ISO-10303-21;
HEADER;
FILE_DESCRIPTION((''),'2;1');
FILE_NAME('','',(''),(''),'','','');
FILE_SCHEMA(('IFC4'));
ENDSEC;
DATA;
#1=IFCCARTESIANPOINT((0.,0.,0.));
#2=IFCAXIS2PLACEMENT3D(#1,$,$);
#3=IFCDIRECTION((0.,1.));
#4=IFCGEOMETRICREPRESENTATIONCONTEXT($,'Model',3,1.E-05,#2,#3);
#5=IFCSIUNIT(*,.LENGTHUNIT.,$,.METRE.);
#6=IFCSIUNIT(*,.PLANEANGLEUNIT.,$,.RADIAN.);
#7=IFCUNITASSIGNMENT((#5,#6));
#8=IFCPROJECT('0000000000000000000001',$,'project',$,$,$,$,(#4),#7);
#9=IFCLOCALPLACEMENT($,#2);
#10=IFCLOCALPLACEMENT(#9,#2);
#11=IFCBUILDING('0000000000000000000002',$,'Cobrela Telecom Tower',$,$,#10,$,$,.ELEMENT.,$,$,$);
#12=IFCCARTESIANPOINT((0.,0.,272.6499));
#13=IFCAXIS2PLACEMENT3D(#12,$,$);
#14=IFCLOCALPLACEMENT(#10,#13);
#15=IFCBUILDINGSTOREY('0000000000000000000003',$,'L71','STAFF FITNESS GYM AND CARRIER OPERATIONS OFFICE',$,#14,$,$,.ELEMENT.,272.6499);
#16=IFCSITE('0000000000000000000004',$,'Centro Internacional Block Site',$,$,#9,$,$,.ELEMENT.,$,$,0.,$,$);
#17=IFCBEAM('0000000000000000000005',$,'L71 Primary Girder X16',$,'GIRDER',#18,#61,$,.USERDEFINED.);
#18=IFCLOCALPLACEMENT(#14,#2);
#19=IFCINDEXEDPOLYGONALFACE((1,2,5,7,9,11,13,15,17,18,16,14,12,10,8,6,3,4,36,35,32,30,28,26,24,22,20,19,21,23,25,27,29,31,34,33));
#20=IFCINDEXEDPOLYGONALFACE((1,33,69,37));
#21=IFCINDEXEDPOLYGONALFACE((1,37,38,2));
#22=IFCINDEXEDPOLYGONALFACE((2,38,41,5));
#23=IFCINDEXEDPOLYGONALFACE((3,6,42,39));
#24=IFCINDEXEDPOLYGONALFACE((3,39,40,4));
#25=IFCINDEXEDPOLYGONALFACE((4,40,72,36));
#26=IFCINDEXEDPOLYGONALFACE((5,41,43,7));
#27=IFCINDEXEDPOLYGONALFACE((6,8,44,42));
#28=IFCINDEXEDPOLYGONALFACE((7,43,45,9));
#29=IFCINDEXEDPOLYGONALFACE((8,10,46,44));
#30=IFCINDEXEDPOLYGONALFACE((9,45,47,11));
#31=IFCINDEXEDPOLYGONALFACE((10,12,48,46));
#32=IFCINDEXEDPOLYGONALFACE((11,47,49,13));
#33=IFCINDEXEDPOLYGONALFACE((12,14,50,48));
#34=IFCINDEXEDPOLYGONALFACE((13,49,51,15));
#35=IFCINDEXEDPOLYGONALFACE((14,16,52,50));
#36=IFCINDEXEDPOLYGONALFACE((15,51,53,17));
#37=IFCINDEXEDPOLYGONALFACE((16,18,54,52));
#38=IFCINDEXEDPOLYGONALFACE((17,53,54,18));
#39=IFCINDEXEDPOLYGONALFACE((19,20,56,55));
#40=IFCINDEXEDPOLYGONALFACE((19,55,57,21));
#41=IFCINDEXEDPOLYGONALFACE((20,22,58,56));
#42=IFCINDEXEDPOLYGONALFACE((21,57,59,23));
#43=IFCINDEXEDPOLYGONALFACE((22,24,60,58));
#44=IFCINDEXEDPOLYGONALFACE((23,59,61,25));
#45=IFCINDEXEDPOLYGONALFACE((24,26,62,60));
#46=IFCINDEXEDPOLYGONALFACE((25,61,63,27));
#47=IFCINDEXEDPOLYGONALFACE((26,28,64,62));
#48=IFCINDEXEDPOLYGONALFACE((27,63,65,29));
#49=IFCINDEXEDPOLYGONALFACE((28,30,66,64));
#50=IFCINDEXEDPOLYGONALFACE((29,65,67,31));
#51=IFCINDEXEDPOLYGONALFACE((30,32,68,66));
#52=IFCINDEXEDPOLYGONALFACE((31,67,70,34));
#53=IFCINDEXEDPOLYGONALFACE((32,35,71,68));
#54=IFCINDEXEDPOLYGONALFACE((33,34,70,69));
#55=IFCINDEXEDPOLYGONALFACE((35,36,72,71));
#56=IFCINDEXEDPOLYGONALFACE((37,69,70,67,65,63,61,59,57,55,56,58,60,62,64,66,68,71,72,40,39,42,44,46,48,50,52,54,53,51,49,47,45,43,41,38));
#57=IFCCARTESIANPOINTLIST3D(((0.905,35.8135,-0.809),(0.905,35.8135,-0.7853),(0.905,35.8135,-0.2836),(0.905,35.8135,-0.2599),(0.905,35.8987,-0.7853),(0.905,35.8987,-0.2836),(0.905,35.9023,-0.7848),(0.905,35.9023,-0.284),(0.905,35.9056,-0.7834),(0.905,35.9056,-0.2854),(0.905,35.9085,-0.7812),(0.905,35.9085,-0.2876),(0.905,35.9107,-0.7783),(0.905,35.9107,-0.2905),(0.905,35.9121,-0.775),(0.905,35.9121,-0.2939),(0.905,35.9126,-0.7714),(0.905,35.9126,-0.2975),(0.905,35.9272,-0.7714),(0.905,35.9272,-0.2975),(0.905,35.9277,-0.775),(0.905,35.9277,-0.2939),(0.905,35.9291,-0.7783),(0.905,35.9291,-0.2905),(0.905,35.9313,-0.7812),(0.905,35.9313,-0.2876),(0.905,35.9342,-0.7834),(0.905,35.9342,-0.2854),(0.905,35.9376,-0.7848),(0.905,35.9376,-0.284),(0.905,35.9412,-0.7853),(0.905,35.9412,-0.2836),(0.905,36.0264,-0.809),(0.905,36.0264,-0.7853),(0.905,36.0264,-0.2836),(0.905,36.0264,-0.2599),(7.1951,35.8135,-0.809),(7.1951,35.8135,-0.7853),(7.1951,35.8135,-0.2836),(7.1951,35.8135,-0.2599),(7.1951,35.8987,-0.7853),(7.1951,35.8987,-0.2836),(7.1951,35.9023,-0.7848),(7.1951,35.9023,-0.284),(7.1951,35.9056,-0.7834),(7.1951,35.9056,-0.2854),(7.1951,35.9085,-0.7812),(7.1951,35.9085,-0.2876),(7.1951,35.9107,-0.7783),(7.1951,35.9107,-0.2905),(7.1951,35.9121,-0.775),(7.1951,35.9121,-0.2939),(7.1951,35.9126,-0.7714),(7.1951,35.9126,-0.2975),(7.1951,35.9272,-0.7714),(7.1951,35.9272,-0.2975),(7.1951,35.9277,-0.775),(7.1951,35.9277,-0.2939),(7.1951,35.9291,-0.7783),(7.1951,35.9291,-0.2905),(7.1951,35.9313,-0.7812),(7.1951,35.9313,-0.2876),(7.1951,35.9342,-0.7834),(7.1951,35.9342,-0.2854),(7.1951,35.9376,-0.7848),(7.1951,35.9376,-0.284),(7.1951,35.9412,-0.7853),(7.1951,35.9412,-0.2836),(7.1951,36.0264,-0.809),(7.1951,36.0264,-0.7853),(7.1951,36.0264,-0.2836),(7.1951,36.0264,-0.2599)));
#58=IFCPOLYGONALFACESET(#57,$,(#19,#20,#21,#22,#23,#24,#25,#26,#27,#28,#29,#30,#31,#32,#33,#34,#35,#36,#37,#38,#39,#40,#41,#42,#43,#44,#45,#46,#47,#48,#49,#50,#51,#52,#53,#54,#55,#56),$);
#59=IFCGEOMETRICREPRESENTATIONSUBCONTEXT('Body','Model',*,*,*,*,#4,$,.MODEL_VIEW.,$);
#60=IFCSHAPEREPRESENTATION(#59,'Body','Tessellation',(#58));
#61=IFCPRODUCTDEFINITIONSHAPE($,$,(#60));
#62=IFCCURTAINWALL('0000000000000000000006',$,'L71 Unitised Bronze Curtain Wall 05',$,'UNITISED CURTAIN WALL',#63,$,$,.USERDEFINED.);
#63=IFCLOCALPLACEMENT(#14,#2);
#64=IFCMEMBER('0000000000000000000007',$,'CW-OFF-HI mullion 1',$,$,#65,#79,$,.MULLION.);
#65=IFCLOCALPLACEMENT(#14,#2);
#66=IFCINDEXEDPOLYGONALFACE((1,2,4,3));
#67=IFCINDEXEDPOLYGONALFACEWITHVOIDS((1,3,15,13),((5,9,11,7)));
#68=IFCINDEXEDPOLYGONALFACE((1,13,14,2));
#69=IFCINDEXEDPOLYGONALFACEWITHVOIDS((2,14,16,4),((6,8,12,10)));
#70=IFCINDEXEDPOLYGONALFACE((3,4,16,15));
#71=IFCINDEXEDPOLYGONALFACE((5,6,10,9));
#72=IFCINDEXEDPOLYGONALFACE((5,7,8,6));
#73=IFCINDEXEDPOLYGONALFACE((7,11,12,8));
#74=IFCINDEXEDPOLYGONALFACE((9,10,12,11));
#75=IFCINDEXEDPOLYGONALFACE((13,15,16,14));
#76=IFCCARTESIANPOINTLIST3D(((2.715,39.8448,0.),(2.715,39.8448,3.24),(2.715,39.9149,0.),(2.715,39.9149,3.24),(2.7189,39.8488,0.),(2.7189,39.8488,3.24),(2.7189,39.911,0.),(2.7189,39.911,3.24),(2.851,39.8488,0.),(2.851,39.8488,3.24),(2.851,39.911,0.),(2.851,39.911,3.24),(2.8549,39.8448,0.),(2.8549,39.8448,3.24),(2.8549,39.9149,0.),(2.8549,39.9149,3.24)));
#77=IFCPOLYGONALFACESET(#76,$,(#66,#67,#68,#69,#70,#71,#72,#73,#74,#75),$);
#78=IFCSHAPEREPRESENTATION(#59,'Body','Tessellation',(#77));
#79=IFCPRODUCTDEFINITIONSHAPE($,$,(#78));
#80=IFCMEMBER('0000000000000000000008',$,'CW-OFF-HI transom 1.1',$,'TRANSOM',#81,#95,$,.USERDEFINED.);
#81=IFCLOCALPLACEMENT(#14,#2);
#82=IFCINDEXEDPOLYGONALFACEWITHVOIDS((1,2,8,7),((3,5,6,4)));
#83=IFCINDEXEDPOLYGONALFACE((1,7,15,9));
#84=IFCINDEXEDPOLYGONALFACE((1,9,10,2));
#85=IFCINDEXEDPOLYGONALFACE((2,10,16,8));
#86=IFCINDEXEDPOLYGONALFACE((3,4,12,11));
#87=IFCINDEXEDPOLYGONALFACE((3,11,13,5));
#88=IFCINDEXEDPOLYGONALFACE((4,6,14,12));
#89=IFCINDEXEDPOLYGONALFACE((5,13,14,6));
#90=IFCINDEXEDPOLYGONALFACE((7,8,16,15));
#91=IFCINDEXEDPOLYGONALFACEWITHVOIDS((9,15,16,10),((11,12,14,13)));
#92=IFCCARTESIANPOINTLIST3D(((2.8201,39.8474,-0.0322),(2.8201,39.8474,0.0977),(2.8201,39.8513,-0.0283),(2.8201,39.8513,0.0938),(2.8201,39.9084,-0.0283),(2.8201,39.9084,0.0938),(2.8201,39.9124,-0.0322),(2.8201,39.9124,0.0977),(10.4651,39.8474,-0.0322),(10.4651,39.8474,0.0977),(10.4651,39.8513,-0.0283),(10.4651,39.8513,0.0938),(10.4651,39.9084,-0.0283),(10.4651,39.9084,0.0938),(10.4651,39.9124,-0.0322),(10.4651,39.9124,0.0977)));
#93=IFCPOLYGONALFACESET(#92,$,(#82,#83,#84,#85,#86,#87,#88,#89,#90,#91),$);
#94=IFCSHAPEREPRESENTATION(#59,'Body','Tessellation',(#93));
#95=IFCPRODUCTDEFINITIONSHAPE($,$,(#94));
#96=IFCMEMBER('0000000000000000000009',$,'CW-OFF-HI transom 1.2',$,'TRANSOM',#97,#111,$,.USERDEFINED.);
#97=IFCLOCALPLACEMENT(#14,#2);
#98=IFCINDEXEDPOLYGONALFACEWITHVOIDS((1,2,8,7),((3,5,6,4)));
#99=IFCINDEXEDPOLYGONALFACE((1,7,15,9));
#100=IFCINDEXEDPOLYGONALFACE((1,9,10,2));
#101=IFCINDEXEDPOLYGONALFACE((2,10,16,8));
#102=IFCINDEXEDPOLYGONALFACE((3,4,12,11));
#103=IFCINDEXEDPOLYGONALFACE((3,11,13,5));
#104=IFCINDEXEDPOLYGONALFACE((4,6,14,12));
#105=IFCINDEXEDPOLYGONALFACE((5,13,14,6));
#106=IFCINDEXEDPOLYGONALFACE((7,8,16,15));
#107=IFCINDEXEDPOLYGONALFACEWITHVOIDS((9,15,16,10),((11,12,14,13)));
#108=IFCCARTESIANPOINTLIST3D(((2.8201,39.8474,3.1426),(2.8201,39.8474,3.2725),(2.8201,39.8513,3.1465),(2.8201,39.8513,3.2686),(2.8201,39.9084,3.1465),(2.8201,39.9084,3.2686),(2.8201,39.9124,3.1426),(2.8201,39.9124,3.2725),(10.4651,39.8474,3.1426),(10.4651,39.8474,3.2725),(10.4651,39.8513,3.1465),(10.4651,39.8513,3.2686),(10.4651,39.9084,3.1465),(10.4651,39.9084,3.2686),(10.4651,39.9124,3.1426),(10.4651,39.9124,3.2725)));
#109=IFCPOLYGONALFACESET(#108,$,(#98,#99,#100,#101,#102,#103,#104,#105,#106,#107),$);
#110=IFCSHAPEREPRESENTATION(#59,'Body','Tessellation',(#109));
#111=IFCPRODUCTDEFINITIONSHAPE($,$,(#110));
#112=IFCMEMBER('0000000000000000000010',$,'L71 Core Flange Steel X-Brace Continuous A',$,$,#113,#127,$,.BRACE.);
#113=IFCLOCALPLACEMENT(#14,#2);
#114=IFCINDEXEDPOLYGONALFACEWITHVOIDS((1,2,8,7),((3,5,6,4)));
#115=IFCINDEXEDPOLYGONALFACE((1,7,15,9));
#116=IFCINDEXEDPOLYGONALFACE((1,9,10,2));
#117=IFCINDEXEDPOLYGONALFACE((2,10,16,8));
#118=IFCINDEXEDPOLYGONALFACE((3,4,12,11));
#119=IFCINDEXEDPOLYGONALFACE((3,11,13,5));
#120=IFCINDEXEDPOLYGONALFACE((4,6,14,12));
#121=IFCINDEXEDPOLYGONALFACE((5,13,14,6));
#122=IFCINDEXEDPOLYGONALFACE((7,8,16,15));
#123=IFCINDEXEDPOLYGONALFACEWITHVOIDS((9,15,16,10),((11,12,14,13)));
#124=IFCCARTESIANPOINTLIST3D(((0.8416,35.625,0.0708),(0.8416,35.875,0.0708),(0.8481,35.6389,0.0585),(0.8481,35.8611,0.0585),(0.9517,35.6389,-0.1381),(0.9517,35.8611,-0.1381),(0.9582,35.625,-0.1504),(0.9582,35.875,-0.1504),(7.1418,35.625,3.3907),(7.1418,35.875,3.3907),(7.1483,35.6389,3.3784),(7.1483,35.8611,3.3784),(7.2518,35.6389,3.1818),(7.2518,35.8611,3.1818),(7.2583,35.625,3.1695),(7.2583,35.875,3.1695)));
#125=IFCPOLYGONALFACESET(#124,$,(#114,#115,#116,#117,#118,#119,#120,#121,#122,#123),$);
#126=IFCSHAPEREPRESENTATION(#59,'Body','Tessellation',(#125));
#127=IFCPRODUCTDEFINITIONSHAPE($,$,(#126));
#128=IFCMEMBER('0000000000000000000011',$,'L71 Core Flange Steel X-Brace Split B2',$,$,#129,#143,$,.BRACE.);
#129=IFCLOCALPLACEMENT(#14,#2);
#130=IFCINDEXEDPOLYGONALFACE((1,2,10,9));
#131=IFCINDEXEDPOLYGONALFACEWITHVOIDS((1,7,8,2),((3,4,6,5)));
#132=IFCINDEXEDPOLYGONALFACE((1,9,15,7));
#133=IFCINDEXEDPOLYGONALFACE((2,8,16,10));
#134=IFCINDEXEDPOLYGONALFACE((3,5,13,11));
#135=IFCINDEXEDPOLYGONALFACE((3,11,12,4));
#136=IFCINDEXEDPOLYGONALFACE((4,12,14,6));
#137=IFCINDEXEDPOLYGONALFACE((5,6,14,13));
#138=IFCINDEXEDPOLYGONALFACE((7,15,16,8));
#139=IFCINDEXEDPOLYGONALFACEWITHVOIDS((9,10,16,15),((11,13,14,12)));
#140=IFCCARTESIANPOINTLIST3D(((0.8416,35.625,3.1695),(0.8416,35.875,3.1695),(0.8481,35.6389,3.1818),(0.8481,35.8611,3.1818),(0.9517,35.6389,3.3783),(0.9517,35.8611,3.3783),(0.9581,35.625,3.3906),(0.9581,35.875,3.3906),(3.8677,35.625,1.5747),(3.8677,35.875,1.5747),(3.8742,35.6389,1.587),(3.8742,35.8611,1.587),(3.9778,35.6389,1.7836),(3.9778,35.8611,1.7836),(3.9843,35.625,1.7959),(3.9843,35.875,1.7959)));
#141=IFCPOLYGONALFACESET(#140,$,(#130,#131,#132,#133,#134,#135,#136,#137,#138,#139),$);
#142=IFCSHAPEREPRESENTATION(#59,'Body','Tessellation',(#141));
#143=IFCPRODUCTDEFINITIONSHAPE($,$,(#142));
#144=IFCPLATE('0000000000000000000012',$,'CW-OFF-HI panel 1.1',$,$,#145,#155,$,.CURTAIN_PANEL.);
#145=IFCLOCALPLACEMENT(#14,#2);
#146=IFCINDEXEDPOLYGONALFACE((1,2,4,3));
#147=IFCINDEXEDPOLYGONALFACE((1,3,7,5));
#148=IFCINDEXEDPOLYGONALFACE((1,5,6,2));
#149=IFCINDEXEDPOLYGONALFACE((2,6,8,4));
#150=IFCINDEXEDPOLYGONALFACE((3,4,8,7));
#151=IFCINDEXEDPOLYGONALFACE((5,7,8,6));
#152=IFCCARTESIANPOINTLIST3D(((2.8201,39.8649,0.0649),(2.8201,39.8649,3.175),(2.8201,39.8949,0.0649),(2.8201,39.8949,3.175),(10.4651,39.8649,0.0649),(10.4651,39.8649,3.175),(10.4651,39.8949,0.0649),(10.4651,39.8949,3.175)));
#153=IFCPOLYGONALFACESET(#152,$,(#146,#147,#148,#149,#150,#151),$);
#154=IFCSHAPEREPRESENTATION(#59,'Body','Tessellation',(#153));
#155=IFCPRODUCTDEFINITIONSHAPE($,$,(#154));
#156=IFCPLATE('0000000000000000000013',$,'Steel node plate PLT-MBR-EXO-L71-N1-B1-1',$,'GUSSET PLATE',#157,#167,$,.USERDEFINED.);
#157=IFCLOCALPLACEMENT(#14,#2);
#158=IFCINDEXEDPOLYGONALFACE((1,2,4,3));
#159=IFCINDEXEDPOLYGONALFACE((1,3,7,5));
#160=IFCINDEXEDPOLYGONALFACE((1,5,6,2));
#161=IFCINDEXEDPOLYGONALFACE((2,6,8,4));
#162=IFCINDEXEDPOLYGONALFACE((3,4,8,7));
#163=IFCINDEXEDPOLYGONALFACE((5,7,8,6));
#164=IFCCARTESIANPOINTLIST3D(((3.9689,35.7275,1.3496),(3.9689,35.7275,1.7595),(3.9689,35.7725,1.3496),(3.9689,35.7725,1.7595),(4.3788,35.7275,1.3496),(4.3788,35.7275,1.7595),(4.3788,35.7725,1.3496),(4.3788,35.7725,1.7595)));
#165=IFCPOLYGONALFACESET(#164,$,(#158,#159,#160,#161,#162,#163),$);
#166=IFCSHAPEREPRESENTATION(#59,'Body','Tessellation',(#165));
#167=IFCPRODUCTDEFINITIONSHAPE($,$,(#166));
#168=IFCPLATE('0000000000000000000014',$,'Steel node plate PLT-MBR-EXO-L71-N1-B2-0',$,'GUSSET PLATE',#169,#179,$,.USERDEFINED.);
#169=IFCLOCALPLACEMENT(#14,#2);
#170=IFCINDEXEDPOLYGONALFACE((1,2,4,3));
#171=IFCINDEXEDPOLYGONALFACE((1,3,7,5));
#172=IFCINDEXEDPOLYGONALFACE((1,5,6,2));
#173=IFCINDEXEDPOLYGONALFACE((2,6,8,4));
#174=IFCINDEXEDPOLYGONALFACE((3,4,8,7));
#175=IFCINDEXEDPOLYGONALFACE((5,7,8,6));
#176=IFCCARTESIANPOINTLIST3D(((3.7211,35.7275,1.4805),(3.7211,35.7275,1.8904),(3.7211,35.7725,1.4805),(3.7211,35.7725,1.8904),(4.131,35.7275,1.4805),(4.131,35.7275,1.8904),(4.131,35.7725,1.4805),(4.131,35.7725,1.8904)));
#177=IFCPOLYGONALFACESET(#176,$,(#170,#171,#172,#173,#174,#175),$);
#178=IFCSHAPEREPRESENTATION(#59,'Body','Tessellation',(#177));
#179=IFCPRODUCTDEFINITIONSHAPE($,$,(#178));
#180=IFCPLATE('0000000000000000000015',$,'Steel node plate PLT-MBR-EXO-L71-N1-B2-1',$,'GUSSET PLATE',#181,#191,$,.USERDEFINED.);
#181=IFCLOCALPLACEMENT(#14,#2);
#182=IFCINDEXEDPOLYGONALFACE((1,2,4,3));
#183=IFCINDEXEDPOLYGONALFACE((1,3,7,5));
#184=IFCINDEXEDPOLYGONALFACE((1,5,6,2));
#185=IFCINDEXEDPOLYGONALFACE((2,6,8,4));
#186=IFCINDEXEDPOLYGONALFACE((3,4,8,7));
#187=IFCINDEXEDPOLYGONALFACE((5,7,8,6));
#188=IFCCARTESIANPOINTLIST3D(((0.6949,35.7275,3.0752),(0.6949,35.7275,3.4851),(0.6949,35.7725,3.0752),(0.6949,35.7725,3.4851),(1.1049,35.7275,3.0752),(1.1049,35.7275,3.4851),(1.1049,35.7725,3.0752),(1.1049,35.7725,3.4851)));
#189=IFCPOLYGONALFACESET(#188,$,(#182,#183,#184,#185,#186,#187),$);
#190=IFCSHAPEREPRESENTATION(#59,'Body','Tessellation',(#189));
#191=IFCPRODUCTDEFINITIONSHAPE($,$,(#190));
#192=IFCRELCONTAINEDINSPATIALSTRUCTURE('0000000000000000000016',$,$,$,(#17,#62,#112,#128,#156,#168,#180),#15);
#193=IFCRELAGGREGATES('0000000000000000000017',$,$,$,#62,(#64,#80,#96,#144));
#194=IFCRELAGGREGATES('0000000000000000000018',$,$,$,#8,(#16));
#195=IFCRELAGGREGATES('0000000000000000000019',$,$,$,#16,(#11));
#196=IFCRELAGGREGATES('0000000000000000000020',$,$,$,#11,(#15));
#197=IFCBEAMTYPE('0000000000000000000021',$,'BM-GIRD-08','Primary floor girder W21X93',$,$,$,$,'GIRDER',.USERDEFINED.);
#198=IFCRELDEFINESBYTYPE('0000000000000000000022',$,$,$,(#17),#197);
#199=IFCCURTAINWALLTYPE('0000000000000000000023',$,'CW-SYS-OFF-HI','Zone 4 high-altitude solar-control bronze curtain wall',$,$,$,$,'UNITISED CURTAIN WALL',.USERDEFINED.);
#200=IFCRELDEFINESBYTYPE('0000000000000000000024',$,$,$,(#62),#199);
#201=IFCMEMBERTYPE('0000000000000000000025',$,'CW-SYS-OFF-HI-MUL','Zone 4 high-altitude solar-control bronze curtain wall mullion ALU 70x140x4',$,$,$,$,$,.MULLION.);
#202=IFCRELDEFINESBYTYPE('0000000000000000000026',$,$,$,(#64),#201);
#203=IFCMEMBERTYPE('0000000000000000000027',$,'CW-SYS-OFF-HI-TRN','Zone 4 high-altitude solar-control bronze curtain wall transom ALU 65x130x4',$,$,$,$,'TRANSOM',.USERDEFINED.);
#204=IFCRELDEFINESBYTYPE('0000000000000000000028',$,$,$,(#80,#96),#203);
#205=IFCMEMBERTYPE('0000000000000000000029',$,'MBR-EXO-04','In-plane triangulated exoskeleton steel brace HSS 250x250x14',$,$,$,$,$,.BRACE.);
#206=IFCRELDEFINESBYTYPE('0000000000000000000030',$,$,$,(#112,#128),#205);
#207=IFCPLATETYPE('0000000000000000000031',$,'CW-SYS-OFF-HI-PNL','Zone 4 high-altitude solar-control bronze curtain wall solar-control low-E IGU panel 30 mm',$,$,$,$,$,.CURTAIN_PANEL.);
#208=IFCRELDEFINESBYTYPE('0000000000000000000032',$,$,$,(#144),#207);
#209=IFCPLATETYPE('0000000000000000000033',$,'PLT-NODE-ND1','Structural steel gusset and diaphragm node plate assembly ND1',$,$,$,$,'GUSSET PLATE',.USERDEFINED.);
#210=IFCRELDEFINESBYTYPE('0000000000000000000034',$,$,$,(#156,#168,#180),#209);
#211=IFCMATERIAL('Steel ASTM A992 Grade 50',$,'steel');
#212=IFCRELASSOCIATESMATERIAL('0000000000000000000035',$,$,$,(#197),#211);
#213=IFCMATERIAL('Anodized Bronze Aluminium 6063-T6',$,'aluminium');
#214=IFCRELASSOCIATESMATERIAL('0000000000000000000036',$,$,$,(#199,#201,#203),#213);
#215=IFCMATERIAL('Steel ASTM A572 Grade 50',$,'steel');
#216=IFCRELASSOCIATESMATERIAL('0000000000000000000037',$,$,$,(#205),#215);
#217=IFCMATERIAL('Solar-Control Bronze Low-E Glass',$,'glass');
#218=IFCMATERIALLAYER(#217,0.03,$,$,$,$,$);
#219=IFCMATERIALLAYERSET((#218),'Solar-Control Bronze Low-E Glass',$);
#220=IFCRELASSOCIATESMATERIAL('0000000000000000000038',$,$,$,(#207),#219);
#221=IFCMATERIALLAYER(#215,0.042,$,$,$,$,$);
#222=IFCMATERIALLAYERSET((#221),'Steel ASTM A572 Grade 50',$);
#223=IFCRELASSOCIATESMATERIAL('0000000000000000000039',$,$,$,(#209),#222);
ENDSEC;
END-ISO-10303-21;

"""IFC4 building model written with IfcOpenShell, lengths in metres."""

from ifc_helpers import new_model, si_unit, direction, frame, origin, origin_2d, place, context, subcontext, project, spatial, rectangle, hollow_rectangle, i_section, extrude, material, layer, layer_set, material_profile, profile_set, type_object, element, aggregate, save


model = new_model("IFC4")

# Units and contexts
model_context = context("Model", 3, precision=1e-05, world=origin(), true_north=direction((0.0, 1.0)))
body_context = subcontext(model_context, "Body", "Model", "MODEL_VIEW")
ifc_project = project(units=[si_unit("LENGTHUNIT", "METRE"), si_unit("PLANEANGLEUNIT", "RADIAN")], contexts=[model_context])

# Site, building, storey
site_placement = place(None, origin())
site = spatial("IfcSite", under=ifc_project, at=site_placement, Name="Centro Internacional Block Site", CompositionType="ELEMENT", RefElevation=0.0)
building_placement = place(site_placement, origin())
building = spatial("IfcBuilding", under=site, at=building_placement, Name="Cobrela Telecom Tower", CompositionType="ELEMENT")
storey_placement = place(building_placement, frame((0.0, 0.0, 272.6499)))
storey = spatial("IfcBuildingStorey", under=building, at=storey_placement, Name="L71", Description="STAFF FITNESS GYM AND CARRIER OPERATIONS OFFICE", CompositionType="ELEMENT", Elevation=272.6499)

# Beam
ifc_material_1 = material(Name="Steel ASTM A992 Grade 50", Category="steel")
ifc_material_profile_1 = material_profile(ifc_material_1, i_section(OverallWidth=0.2129, OverallDepth=0.5491, WebThickness=0.0146, FlangeThickness=0.0237, FilletRadius=0.0139, at=origin_2d()), Name="W21X93")
ifc_profile_set_1 = profile_set([ifc_material_profile_1], Name="Steel ASTM A992 Grade 50")
beam_type = type_object("IfcBeamType", Name="BM-GIRD-08", Description="Primary floor girder W21X93", ElementType="GIRDER", PredefinedType="USERDEFINED", material=ifc_profile_set_1)
beam_placement = place(storey_placement, frame((0.905, 35.9199, -0.5344), z_axis=(1.0, 0.0, 0.0), x_axis=(0.0, 1.0, 0.0)))
element("IfcBeam", 1, at=beam_placement, inside=storey, type_object=beam_type, Name="L71 Primary Girder X16", ObjectType="GIRDER", PredefinedType="USERDEFINED", context=body_context, shape_type="SweptSolid", body=[
    extrude(i_section(OverallWidth=0.2129, OverallDepth=0.5491, WebThickness=0.0146, FlangeThickness=0.0237, FilletRadius=0.0139, at=origin_2d()), origin(), (0.0, 0.0, 1.0), 6.29),
])

# Curtain wall, members
ifc_material_2 = material(Name="Anodized Bronze Aluminium 6063-T6", Category="aluminium")
curtain_wall_type = type_object("IfcCurtainWallType", Name="CW-SYS-OFF-HI", Description="Zone 4 high-altitude solar-control bronze curtain wall", ElementType="UNITISED CURTAIN WALL", PredefinedType="USERDEFINED", material=ifc_material_2)
curtain_wall_placement = place(storey_placement, origin())
curtain_wall = element("IfcCurtainWall", 2, at=curtain_wall_placement, inside=storey, type_object=curtain_wall_type, Name="L71 Unitised Bronze Curtain Wall 05", ObjectType="UNITISED CURTAIN WALL", PredefinedType="USERDEFINED")
ifc_material_profile_2 = material_profile(ifc_material_2, hollow_rectangle(XDim=0.0701, YDim=0.1399, WallThickness=0.0039, at=origin_2d()), Name="ALU 70x140x4")
ifc_profile_set_2 = profile_set([ifc_material_profile_2], Name="Anodized Bronze Aluminium 6063-T6")
member_type_1 = type_object("IfcMemberType", Name="CW-SYS-OFF-HI-MUL", Description="Zone 4 high-altitude solar-control bronze curtain wall mullion ALU 70x140x4", PredefinedType="MULLION", material=ifc_profile_set_2)
member_1_placement = place(storey_placement, frame((2.7849, 39.8799, 0.0), z_axis=(0.0, 0.0, 1.0), x_axis=(0.0, 1.0, 0.0)))
member_1 = element("IfcMember", 3, at=member_1_placement, type_object=member_type_1, Name="CW-OFF-HI mullion 1", PredefinedType="MULLION", context=body_context, shape_type="SweptSolid", body=[
    extrude(hollow_rectangle(XDim=0.0701, YDim=0.1399, WallThickness=0.0039, at=origin_2d()), origin(), (0.0, 0.0, 1.0), 3.24),
])
ifc_material_profile_3 = material_profile(ifc_material_2, hollow_rectangle(XDim=0.0649, YDim=0.1299, WallThickness=0.0039, at=origin_2d()), Name="ALU 65x130x4")
ifc_profile_set_3 = profile_set([ifc_material_profile_3], Name="Anodized Bronze Aluminium 6063-T6")
member_type_2 = type_object("IfcMemberType", Name="CW-SYS-OFF-HI-TRN", Description="Zone 4 high-altitude solar-control bronze curtain wall transom ALU 65x130x4", ElementType="TRANSOM", PredefinedType="USERDEFINED", material=ifc_profile_set_3)
member_2_placement = place(storey_placement, frame((2.8201, 39.8799, 0.0327), z_axis=(1.0, 0.0, 0.0), x_axis=(0.0, 1.0, 0.0)))
member_2 = element("IfcMember", 4, at=member_2_placement, type_object=member_type_2, Name="CW-OFF-HI transom 1.1", ObjectType="TRANSOM", PredefinedType="USERDEFINED", context=body_context, shape_type="SweptSolid", body=[
    extrude(hollow_rectangle(XDim=0.0649, YDim=0.1299, WallThickness=0.0039, at=origin_2d()), origin(), (0.0, 0.0, 1.0), 7.645),
])
member_3_placement = place(storey_placement, frame((2.8201, 39.8799, 3.2075), z_axis=(1.0, 0.0, 0.0), x_axis=(0.0, 1.0, 0.0)))
member_3 = element("IfcMember", 5, at=member_3_placement, type_object=member_type_2, Name="CW-OFF-HI transom 1.2", ObjectType="TRANSOM", PredefinedType="USERDEFINED", context=body_context, shape_type="SweptSolid", body=[
    extrude(hollow_rectangle(XDim=0.0649, YDim=0.1299, WallThickness=0.0039, at=origin_2d()), origin(), (0.0, 0.0, 1.0), 7.645),
])

# Members
ifc_material_3 = material(Name="Steel ASTM A572 Grade 50", Category="steel")
ifc_material_profile_4 = material_profile(ifc_material_3, hollow_rectangle(XDim=0.25, YDim=0.25, WallThickness=0.0139, at=origin_2d()), Name="HSS 250x250x14")
ifc_profile_set_4 = profile_set([ifc_material_profile_4], Name="Steel ASTM A572 Grade 50")
member_type_3 = type_object("IfcMemberType", Name="MBR-EXO-04", Description="In-plane triangulated exoskeleton steel brace HSS 250x250x14", PredefinedType="BRACE", material=ifc_profile_set_4)
member_4_placement = place(storey_placement, frame((0.8999, 35.75, -0.0398), z_axis=(0.884686, 0.0, 0.466187), x_axis=(0.0, 1.0, 0.0)))
element("IfcMember", 6, at=member_4_placement, inside=storey, type_object=member_type_3, Name="L71 Core Flange Steel X-Brace Continuous A", PredefinedType="BRACE", context=body_context, shape_type="SweptSolid", body=[
    extrude(hollow_rectangle(XDim=0.25, YDim=0.25, WallThickness=0.0139, at=origin_2d()), origin(), (0.0, 0.0, 1.0), 7.1213),
])
member_5_placement = place(storey_placement, frame((3.926, 35.75, 1.6853), z_axis=(-0.884673, 0.0, 0.466211), x_axis=(0.0, -1.0, 0.0)))
element("IfcMember", 7, at=member_5_placement, inside=storey, type_object=member_type_3, Name="L71 Core Flange Steel X-Brace Split B2", PredefinedType="BRACE", context=body_context, shape_type="SweptSolid", body=[
    extrude(hollow_rectangle(XDim=0.25, YDim=0.25, WallThickness=0.0139, at=origin_2d()), origin(), (0.0, 0.0, 1.0), 3.4207),
])

# Plate
ifc_material_4 = material(Name="Solar-Control Bronze Low-E Glass", Category="glass")
ifc_layer_1 = layer(ifc_material_4, 0.03)
ifc_layer_set_1 = layer_set([ifc_layer_1], Name="Solar-Control Bronze Low-E Glass")
plate_type_1 = type_object("IfcPlateType", Name="CW-SYS-OFF-HI-PNL", Description="Zone 4 high-altitude solar-control bronze curtain wall solar-control low-E IGU panel 30 mm", PredefinedType="CURTAIN_PANEL", material=ifc_layer_set_1)
plate_1_placement = place(storey_placement, frame((6.6426, 39.8799, 0.0649), z_axis=(0.0, 0.0, 1.0), x_axis=(1.0, 0.0, 0.0)))
plate_1 = element("IfcPlate", 8, at=plate_1_placement, type_object=plate_type_1, Name="CW-OFF-HI panel 1.1", PredefinedType="CURTAIN_PANEL", context=body_context, shape_type="SweptSolid", body=[
    extrude(rectangle(XDim=7.645, YDim=0.03, at=origin_2d()), origin(), (0.0, 0.0, 1.0), 3.1101),
])
aggregate(curtain_wall, [member_1, member_2, member_3, plate_1])

# Plates
ifc_layer_2 = layer(ifc_material_3, 0.042)
ifc_layer_set_2 = layer_set([ifc_layer_2], Name="Steel ASTM A572 Grade 50")
plate_type_2 = type_object("IfcPlateType", Name="PLT-NODE-ND1", Description="Structural steel gusset and diaphragm node plate assembly ND1", ElementType="GUSSET PLATE", PredefinedType="USERDEFINED", material=ifc_layer_set_2)
for number, where, z_axis, x_axis, name in (
    (9, (4.1738, 35.75, 1.3496), (0.0, 0.0, 1.0), (-1.0, 0.0, 0.0), "Steel node plate PLT-MBR-EXO-L71-N1-B1-1"),
    (10, (3.926, 35.75, 1.4805), (0.0, 0.0, 1.0), (-1.0, 0.0, 0.0), "Steel node plate PLT-MBR-EXO-L71-N1-B2-0"),
    (11, (0.8999, 35.75, 3.0752), (0.0, 0.0, 1.0), (-1.0, 0.0, 0.0), "Steel node plate PLT-MBR-EXO-L71-N1-B2-1"),
):
    element("IfcPlate", number, at=place(storey_placement, frame(where, z_axis=z_axis, x_axis=x_axis)), inside=storey, type_object=plate_type_2, Name=name, ObjectType="GUSSET PLATE", PredefinedType="USERDEFINED", context=body_context, shape_type="SweptSolid", body=[
        extrude(rectangle(XDim=0.4099, YDim=0.0449, at=origin_2d()), origin(), (0.0, 0.0, 1.0), 0.4099),
    ])

save(model, "model.ifc")
